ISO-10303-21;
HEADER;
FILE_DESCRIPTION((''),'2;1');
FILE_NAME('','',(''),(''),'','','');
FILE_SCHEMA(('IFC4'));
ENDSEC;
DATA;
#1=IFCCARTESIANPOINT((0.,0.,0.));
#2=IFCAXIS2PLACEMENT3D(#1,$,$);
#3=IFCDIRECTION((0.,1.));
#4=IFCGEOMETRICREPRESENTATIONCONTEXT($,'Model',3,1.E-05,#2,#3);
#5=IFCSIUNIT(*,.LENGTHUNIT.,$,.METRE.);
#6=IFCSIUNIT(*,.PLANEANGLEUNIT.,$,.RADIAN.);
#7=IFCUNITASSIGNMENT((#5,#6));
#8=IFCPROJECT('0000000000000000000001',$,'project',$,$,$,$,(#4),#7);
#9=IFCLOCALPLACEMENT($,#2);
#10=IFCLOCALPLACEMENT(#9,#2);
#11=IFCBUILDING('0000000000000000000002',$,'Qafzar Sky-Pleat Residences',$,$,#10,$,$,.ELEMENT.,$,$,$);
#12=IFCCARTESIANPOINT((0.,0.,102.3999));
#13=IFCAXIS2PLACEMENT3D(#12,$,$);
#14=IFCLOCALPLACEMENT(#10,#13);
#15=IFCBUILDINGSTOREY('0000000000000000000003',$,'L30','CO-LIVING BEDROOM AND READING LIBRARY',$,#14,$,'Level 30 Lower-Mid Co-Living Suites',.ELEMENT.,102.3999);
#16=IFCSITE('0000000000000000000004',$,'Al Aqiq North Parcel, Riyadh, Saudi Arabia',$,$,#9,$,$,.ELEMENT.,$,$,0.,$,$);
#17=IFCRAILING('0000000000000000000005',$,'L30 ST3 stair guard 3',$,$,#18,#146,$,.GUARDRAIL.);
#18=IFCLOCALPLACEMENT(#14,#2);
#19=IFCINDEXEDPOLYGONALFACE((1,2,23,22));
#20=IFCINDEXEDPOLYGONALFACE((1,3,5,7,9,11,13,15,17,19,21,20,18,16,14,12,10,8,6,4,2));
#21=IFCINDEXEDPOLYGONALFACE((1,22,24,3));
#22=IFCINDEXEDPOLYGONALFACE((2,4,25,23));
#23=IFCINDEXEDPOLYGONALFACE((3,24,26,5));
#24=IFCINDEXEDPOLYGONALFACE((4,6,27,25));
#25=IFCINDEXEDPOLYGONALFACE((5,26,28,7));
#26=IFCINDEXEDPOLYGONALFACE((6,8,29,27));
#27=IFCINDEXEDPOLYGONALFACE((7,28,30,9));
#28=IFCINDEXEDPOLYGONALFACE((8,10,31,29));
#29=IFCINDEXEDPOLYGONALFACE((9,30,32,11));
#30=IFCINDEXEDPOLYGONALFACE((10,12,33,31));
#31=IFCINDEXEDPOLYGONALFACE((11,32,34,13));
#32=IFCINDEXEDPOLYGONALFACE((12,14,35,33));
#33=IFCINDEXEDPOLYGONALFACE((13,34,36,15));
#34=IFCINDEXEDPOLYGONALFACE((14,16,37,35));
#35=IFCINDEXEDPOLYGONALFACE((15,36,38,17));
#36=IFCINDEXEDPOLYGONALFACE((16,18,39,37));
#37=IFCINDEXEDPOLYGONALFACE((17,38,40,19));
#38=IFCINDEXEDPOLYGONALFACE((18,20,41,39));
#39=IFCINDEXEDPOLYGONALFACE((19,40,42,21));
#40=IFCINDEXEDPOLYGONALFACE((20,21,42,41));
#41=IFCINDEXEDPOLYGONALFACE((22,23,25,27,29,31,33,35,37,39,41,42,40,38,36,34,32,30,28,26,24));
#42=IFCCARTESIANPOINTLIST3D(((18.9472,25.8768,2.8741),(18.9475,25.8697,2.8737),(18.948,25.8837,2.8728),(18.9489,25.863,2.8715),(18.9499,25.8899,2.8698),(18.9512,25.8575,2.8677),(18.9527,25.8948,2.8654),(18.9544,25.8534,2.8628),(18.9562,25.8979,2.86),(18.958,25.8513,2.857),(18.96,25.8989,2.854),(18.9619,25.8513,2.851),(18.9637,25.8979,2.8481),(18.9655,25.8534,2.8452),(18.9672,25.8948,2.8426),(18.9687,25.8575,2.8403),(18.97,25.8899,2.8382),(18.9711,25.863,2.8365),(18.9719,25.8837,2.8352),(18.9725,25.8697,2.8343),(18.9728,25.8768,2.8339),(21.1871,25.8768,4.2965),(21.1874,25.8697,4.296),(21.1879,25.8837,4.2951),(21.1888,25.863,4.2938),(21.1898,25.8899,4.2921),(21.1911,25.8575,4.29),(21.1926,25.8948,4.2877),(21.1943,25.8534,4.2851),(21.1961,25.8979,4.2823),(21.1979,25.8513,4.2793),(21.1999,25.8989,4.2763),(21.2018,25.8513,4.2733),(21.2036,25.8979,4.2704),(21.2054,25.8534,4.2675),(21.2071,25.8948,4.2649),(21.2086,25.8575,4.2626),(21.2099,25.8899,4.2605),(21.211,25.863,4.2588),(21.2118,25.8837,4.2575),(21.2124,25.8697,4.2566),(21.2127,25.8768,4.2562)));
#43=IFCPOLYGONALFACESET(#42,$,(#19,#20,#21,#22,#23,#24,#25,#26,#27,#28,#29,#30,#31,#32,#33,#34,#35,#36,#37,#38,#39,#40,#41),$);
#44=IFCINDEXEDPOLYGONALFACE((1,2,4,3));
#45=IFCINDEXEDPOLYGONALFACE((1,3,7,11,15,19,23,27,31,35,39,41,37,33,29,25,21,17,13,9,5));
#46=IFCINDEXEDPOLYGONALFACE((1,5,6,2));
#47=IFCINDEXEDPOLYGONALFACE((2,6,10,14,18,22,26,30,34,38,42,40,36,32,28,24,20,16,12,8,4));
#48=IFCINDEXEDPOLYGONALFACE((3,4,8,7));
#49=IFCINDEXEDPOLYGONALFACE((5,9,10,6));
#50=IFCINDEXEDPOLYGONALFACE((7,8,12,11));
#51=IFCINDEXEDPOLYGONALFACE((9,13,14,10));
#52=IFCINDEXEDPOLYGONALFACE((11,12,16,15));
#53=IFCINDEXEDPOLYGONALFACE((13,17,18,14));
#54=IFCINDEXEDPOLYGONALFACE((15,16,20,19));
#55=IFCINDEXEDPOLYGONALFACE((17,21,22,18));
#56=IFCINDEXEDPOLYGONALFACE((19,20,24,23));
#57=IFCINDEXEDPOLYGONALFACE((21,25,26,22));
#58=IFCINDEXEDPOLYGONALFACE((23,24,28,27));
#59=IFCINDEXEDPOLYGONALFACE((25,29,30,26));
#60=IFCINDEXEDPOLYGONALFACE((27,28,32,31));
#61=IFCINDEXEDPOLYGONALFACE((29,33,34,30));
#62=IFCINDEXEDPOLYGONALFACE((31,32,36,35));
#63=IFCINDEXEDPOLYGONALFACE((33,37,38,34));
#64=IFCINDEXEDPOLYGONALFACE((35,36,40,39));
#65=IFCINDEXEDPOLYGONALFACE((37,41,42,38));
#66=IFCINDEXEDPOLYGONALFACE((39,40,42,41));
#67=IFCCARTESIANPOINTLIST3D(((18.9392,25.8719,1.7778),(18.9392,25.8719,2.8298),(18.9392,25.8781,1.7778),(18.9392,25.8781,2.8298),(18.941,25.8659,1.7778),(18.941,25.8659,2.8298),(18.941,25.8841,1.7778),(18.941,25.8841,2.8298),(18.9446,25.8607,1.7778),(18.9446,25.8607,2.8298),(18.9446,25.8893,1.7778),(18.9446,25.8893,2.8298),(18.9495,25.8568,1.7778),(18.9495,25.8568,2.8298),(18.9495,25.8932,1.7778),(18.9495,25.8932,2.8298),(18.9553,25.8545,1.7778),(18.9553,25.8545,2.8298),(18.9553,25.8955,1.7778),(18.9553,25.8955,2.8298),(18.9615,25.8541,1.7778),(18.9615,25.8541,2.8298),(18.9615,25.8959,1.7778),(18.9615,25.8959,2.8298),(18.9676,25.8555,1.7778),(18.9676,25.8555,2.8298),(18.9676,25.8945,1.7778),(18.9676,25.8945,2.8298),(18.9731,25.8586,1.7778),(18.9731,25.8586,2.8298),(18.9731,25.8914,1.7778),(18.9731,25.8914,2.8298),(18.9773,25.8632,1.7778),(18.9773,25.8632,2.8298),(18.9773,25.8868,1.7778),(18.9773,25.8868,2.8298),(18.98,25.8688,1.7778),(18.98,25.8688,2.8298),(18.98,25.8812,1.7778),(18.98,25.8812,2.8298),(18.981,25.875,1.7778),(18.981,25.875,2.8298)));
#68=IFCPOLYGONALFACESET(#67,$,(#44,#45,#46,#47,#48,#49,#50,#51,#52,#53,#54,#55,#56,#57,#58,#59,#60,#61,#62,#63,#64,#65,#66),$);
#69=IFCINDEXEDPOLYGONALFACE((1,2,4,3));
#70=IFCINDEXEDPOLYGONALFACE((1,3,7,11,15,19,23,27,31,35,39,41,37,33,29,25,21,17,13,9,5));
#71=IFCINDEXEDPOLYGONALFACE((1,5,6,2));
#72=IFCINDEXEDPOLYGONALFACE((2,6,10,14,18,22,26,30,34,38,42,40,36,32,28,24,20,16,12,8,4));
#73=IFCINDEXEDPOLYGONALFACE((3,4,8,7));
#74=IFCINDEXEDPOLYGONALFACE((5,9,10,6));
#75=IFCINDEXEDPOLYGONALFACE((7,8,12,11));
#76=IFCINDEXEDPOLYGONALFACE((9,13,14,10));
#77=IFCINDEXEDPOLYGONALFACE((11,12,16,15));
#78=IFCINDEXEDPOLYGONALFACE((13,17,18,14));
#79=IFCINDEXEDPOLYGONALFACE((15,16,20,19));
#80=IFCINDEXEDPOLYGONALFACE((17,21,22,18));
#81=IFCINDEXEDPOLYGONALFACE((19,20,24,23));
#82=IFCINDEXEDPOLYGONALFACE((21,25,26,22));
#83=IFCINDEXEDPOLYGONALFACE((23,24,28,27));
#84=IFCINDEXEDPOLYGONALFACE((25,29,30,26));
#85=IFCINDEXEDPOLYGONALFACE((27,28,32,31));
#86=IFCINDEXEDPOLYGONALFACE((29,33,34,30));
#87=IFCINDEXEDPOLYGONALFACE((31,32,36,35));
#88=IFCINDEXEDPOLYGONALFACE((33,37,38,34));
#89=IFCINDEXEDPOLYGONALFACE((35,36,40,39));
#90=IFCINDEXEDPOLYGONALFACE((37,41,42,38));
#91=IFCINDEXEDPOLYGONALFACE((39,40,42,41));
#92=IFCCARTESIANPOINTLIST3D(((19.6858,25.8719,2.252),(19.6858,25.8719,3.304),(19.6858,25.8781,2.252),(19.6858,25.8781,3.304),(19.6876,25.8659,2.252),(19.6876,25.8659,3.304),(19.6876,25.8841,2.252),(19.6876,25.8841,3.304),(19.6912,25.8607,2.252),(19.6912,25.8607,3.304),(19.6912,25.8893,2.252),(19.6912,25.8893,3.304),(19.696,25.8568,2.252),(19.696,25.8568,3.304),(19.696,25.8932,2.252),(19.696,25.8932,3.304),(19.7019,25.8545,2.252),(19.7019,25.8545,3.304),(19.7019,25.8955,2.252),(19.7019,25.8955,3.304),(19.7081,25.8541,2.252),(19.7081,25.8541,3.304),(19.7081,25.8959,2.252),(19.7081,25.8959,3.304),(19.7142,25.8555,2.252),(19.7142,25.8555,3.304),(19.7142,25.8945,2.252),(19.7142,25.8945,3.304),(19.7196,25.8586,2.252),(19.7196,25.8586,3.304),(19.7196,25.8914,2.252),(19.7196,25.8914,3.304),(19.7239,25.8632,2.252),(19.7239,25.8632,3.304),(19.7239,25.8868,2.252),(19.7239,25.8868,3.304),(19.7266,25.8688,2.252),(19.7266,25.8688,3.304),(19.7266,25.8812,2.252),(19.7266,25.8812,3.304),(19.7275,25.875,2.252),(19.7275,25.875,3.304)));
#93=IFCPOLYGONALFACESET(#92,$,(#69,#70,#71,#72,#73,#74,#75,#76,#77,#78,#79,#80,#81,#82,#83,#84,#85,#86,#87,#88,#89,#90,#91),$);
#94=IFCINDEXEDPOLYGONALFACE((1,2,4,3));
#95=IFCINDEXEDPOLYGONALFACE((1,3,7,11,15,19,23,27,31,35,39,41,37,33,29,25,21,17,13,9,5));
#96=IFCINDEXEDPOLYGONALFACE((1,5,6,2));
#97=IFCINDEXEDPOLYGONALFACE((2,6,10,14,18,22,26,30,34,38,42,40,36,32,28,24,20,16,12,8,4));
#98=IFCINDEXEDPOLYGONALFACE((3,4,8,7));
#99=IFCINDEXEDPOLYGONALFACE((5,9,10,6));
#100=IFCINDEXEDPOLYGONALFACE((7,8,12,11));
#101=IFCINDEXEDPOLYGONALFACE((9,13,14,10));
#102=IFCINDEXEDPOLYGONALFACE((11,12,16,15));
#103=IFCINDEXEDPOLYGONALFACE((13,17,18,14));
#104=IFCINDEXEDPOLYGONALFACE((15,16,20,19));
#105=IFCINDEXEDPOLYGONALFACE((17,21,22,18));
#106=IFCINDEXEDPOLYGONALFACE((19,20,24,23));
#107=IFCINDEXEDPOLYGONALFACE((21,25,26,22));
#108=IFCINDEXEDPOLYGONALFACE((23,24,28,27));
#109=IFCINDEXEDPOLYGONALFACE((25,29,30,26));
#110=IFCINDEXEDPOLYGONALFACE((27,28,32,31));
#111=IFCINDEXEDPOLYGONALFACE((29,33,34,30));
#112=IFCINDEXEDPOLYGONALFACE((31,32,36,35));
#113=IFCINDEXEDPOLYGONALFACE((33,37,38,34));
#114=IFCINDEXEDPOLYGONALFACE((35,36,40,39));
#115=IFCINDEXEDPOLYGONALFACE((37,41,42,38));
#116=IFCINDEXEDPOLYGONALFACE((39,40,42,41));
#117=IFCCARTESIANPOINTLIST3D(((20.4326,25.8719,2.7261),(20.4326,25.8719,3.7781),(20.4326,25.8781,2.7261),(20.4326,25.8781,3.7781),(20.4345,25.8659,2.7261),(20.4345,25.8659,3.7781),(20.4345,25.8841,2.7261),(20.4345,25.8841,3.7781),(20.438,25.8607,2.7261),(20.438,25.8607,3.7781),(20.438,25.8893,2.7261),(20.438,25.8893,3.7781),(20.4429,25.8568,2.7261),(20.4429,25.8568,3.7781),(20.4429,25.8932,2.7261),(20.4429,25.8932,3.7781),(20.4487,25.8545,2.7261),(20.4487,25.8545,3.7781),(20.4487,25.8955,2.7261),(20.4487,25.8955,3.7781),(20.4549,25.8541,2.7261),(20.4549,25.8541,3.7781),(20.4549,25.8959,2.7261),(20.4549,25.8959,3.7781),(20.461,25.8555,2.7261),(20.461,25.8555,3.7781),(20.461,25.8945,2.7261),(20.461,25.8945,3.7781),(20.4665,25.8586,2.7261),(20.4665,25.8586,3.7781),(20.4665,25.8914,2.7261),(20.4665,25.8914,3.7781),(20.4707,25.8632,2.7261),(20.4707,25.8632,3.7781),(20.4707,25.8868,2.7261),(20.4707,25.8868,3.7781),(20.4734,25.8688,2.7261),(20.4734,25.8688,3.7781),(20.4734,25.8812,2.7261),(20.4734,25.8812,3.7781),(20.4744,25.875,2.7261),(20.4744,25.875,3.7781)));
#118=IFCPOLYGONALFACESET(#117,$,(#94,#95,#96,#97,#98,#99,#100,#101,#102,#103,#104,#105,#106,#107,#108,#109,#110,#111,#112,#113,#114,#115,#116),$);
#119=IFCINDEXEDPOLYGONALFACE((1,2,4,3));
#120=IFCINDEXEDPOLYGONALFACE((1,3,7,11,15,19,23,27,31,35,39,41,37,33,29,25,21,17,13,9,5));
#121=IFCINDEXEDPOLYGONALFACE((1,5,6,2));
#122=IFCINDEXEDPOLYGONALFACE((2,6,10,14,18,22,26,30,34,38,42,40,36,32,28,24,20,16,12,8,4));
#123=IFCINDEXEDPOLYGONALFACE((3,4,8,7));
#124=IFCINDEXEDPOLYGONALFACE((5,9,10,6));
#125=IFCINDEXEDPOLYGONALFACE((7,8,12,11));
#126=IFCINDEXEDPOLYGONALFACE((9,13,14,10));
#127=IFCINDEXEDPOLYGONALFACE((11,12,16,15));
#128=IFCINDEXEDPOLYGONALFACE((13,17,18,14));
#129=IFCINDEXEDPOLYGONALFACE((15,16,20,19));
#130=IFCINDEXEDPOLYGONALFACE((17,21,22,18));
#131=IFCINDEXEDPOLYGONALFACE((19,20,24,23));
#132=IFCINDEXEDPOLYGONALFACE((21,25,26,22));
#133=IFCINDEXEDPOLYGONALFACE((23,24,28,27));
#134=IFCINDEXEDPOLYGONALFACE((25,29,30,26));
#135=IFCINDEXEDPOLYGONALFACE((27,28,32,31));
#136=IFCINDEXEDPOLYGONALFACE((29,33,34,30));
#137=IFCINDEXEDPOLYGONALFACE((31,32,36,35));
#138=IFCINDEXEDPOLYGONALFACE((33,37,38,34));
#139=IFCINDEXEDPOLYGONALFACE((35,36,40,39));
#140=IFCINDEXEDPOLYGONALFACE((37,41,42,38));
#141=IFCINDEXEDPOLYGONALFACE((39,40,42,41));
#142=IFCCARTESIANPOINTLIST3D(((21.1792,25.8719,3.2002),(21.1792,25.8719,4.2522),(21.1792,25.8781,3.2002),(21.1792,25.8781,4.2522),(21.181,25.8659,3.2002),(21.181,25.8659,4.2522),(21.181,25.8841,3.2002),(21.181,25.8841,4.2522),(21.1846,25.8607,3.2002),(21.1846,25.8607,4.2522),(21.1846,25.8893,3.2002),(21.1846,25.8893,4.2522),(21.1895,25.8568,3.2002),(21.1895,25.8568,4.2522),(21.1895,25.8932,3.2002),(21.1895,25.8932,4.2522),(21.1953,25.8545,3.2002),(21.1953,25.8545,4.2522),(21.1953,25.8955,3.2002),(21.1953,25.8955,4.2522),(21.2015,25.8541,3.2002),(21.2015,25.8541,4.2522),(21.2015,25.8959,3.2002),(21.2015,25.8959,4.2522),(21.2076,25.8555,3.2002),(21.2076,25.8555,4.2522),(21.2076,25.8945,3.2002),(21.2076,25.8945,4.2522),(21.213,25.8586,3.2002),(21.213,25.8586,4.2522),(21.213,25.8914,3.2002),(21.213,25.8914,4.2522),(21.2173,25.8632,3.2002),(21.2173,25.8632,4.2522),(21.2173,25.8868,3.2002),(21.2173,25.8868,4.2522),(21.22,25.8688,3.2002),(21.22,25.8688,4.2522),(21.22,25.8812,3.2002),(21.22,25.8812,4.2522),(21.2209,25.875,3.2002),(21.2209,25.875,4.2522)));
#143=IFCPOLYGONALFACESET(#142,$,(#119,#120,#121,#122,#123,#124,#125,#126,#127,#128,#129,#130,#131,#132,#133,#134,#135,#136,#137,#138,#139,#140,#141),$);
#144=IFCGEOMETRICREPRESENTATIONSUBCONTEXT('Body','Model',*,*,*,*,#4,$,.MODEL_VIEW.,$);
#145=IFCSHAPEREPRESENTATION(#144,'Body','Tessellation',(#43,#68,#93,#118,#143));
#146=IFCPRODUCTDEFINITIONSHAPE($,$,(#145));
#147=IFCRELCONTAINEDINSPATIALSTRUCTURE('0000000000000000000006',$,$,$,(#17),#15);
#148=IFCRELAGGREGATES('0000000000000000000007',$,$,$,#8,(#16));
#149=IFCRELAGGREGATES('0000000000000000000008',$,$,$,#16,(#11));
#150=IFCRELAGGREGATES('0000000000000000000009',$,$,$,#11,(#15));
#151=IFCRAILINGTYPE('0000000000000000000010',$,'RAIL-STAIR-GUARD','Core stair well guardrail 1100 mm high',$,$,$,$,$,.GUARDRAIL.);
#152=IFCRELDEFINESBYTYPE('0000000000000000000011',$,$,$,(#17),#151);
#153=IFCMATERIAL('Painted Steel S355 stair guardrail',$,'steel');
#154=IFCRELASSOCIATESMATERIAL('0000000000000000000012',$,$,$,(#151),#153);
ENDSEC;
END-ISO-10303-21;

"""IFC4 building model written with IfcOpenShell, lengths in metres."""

from ifc_helpers import new_model, si_unit, direction, frame, origin, origin_2d, place, context, subcontext, project, spatial, circle, extrude, source, transform, mapped, material, type_object, element, save


model = new_model("IFC4")

# Units and contexts
model_context = context("Model", 3, precision=1e-05, world=origin(), true_north=direction((0.0, 1.0)))
body_context = subcontext(model_context, "Body", "Model", "MODEL_VIEW")
ifc_project = project(units=[si_unit("LENGTHUNIT", "METRE"), si_unit("PLANEANGLEUNIT", "RADIAN")], contexts=[model_context])

# Site, building, storey
site_placement = place(None, origin())
site = spatial("IfcSite", under=ifc_project, at=site_placement, Name="Al Aqiq North Parcel, Riyadh, Saudi Arabia", CompositionType="ELEMENT", RefElevation=0.0)
building_placement = place(site_placement, origin())
building = spatial("IfcBuilding", under=site, at=building_placement, Name="Qafzar Sky-Pleat Residences", CompositionType="ELEMENT")
storey_placement = place(building_placement, frame((0.0, 0.0, 102.3999)))
storey = spatial("IfcBuildingStorey", under=building, at=storey_placement, Name="L30", Description="CO-LIVING BEDROOM AND READING LIBRARY", LongName="Level 30 Lower-Mid Co-Living Suites", CompositionType="ELEMENT", Elevation=102.3999)

# Railing
ifc_material_1 = material(Name="Painted Steel S355 stair guardrail", Category="steel")
railing_type_1 = type_object("IfcRailingType", Name="RAIL-STAIR-GUARD", Description="Core stair well guardrail 1100 mm high", PredefinedType="GUARDRAIL", material=ifc_material_1)
shared_shape_1 = source(origin(), body_context, "Body", "SweptSolid", [
    extrude(circle(Radius=0.0239, at=origin_2d()), frame((0.0, 0.0, 1.0762), z_axis=(0.844188, 0.0, 0.536048), x_axis=(0.0, 1.0, 0.0)), (0.0, 0.0, 1.0), 2.6533),
    extrude(circle(Radius=0.021, at=origin_2d()), origin(), (0.0, 0.0, 1.0), 1.052),
    extrude(circle(Radius=0.021, at=origin_2d()), frame((0.7466, 0.0, 0.4741)), (0.0, 0.0, 1.0), 1.052),
    extrude(circle(Radius=0.021, at=origin_2d()), frame((1.4934, 0.0, 0.9482)), (0.0, 0.0, 1.0), 1.052),
    extrude(circle(Radius=0.021, at=origin_2d()), frame((2.24, 0.0, 1.4224)), (0.0, 0.0, 1.0), 1.052),
])
railing_1_placement = place(storey_placement, frame((18.96, 25.875, 1.7778)))
element("IfcRailing", 1, at=railing_1_placement, inside=storey, type_object=railing_type_1, Name="L30 ST3 stair guard 3", PredefinedType="GUARDRAIL", context=body_context, shape_type="MappedRepresentation", body=[
    mapped(shared_shape_1, transform((0.0, 0.0, 0.0), x_axis=(1.0, 0.0, 0.0), y_axis=(0.0, 1.0, 0.0), z_axis=(0.0, 0.0, 1.0), scale=1.0)),
])

save(model, "model.ifc")
